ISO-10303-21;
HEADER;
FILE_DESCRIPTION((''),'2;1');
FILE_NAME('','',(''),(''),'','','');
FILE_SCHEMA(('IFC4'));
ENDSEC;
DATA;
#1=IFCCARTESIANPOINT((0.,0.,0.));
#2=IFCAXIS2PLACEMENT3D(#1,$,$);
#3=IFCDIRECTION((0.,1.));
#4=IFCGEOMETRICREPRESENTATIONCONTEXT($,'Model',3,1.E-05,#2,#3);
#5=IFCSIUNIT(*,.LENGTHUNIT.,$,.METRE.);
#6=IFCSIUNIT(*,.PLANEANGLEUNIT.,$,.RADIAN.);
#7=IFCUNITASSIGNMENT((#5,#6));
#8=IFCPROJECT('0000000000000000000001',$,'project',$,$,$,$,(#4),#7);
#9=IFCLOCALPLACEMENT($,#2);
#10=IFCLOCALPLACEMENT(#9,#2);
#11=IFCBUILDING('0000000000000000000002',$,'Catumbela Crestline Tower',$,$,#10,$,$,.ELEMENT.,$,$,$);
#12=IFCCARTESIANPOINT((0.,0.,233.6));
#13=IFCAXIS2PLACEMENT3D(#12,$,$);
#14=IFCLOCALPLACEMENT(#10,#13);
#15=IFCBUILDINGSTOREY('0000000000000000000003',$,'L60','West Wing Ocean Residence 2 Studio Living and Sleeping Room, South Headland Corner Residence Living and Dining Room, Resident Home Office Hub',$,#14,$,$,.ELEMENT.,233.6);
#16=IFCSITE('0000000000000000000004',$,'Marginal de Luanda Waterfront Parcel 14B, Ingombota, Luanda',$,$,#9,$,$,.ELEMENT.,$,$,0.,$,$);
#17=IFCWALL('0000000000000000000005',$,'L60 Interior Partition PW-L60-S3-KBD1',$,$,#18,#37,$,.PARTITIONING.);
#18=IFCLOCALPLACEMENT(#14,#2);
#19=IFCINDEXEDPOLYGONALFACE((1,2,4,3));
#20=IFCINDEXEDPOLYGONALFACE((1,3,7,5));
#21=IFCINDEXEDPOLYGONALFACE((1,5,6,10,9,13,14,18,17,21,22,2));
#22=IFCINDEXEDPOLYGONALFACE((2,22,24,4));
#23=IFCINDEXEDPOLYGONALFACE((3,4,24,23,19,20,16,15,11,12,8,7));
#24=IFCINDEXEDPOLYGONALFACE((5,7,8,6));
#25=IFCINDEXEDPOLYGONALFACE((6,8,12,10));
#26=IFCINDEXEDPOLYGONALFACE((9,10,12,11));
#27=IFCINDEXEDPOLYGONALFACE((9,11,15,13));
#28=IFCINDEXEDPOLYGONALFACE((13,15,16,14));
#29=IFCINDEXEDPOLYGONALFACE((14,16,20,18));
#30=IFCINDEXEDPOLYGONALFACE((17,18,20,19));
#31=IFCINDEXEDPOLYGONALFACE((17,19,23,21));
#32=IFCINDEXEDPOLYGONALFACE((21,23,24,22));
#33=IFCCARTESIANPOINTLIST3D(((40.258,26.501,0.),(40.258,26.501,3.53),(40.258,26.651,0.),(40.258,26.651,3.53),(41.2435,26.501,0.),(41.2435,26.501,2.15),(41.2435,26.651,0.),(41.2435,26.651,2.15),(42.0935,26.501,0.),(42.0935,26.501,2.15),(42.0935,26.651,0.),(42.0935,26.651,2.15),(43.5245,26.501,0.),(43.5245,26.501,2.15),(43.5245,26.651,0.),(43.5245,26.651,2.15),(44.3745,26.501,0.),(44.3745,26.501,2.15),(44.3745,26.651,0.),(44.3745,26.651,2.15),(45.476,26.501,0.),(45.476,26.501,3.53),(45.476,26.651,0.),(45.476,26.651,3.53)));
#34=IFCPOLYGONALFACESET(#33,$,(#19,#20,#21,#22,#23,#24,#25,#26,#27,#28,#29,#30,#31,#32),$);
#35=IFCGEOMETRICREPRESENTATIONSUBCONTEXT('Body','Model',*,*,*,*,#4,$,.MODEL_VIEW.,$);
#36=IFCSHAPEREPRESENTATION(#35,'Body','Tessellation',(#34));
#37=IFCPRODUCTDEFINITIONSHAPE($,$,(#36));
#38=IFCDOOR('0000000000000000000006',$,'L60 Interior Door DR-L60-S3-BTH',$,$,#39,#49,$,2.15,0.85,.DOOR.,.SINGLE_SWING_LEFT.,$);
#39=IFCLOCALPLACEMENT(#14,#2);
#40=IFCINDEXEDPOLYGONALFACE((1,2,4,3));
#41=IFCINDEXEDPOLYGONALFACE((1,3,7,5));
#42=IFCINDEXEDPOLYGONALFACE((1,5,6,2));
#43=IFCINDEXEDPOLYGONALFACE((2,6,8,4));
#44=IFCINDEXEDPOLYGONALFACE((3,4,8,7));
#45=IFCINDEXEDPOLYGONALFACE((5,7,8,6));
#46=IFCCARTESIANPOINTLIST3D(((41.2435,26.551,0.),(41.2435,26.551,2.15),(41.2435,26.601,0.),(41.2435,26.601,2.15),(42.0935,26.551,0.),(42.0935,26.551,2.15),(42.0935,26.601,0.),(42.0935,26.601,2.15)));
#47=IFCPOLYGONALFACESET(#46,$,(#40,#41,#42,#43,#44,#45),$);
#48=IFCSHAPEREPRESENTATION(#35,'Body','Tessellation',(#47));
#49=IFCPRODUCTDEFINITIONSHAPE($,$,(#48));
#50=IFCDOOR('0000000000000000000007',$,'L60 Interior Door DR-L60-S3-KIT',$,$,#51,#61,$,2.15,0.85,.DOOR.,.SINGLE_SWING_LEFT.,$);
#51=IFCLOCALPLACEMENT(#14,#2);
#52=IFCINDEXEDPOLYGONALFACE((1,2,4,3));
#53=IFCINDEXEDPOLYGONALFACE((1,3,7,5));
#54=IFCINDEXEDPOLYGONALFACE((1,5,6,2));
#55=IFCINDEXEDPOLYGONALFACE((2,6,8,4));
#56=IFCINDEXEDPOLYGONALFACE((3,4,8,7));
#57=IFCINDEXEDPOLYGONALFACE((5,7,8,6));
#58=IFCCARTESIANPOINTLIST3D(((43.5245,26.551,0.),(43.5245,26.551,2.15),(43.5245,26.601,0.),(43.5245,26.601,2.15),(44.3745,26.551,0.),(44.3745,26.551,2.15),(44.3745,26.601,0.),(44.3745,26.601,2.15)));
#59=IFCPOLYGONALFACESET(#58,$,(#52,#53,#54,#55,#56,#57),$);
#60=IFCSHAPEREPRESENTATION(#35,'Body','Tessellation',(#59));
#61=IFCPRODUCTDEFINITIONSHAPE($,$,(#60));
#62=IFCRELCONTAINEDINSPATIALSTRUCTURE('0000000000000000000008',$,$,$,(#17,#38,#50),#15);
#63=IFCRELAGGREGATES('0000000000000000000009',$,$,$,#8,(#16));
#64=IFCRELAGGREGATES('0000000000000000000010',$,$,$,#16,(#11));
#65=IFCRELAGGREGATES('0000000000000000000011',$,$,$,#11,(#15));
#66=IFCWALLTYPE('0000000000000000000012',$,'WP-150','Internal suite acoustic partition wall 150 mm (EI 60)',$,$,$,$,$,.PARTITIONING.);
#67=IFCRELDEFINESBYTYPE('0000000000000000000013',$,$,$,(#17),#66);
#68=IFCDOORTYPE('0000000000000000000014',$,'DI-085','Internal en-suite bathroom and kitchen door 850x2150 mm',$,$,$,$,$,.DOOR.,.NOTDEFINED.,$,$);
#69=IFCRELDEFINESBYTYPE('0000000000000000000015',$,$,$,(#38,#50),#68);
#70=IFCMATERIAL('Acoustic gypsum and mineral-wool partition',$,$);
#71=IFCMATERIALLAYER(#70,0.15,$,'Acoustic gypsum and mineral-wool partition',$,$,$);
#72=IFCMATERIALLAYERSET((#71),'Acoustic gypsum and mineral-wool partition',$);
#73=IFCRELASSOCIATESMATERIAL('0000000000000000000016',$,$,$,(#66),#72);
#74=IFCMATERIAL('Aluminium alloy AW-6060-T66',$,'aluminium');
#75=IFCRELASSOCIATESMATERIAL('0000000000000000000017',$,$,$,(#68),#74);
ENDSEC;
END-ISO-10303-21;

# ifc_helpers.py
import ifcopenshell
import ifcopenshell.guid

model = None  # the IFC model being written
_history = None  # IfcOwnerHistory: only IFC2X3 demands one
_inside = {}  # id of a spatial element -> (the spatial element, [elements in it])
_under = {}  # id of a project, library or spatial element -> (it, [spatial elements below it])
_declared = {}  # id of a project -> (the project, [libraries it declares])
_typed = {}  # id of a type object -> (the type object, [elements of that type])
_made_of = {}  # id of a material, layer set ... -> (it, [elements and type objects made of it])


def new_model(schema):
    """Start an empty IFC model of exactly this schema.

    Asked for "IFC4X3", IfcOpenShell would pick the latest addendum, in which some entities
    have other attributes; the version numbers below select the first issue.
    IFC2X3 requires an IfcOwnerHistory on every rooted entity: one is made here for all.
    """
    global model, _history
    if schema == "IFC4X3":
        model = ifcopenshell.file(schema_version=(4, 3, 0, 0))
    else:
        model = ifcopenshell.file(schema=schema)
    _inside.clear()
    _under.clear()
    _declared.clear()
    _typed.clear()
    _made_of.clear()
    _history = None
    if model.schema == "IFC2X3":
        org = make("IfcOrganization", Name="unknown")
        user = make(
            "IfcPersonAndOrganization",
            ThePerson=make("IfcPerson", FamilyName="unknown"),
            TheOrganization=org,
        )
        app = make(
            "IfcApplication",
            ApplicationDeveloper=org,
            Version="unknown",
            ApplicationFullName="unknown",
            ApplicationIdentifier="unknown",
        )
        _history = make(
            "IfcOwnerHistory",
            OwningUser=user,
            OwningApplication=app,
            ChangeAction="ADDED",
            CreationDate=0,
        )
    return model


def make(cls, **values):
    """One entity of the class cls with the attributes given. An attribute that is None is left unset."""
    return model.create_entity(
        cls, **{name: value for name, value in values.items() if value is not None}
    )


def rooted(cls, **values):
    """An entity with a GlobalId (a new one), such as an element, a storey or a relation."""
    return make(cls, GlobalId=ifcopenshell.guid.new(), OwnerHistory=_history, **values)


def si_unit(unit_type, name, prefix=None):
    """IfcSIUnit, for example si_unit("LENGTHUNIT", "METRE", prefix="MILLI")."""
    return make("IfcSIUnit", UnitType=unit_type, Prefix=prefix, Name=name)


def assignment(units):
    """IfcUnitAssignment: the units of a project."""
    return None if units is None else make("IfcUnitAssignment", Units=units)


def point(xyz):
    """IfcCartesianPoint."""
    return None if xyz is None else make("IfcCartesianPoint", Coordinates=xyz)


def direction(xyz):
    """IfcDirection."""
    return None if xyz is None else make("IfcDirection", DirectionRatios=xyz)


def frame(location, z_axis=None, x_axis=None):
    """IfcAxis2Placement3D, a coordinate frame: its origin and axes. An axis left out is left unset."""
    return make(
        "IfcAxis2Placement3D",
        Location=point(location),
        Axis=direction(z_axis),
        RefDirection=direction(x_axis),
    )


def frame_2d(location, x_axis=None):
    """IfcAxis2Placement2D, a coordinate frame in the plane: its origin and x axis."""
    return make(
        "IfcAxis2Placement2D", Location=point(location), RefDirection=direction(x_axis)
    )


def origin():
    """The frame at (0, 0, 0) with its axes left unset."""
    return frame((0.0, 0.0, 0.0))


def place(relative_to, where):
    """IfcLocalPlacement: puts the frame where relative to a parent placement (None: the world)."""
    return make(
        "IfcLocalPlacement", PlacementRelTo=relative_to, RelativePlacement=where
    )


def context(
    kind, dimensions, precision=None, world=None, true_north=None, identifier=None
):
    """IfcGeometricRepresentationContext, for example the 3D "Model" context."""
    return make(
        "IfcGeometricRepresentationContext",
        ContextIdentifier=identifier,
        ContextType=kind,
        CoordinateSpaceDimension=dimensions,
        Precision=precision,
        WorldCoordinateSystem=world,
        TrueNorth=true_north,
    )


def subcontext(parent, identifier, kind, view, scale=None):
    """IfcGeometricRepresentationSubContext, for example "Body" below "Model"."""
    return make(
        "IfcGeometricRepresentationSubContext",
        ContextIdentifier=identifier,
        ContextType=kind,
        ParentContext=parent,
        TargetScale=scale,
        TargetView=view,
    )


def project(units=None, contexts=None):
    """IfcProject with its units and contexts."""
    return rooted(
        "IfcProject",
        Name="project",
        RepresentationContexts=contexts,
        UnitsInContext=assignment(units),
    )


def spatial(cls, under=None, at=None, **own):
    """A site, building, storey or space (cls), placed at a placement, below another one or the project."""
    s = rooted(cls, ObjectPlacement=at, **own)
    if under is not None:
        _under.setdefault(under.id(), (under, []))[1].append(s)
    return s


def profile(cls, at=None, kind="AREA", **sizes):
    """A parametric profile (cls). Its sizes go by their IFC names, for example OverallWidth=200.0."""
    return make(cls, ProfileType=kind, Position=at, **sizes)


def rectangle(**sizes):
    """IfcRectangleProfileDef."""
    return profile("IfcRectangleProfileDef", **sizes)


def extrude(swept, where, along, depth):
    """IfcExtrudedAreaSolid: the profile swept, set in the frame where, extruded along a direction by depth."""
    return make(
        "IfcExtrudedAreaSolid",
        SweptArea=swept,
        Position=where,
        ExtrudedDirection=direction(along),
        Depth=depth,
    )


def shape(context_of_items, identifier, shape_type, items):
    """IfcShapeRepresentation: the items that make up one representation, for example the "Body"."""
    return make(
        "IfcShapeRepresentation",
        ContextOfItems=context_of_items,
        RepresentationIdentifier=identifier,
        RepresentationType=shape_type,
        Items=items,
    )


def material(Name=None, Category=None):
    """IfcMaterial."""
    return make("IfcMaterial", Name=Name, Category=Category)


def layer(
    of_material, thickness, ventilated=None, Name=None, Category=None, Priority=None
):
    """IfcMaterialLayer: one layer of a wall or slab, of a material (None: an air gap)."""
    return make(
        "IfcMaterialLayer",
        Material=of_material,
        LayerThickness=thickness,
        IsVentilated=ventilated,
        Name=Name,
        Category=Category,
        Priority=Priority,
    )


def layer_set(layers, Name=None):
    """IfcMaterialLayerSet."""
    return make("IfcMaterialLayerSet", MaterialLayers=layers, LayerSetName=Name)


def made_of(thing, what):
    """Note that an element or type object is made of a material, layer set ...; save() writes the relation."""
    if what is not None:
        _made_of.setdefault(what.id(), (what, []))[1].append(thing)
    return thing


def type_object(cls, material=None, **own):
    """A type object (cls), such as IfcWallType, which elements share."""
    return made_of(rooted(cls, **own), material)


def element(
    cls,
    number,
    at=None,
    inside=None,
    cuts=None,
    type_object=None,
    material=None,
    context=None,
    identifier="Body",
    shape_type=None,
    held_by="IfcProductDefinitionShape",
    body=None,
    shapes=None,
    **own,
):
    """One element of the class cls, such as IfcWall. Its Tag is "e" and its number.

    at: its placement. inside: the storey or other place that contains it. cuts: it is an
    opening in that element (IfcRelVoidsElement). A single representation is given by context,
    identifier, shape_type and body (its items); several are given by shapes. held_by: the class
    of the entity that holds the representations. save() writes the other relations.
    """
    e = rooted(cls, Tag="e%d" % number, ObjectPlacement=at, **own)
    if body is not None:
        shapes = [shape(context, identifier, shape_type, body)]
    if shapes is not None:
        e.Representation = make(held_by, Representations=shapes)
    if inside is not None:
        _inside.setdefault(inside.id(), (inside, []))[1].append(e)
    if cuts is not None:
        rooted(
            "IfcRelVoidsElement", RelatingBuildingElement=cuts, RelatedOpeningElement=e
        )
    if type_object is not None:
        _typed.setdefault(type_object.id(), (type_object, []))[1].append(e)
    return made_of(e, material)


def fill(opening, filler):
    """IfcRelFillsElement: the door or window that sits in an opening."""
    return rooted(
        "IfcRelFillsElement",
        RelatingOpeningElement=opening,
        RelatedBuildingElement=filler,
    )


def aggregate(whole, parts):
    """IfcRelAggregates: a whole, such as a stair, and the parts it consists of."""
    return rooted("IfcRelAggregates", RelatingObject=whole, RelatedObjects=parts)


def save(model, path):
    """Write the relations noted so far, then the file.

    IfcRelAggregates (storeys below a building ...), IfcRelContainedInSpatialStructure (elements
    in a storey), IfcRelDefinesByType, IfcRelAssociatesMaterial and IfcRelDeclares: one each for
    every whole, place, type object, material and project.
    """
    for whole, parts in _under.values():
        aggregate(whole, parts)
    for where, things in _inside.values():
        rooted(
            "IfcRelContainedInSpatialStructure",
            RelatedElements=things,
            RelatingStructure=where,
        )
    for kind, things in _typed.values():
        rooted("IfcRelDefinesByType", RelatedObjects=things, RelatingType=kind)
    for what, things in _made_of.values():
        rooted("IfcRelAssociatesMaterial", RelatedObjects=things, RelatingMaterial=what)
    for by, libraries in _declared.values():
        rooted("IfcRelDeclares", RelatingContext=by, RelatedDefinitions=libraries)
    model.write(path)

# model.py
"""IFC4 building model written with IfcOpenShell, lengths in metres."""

from ifc_helpers import new_model, si_unit, direction, frame, frame_2d, origin, place, context, subcontext, project, spatial, rectangle, extrude, material, layer, layer_set, type_object, element, fill, save


model = new_model("IFC4")

# Units and contexts
model_context = context("Model", 3, precision=1e-05, world=origin(), true_north=direction((0.0, 1.0)))
body_context = subcontext(model_context, "Body", "Model", "MODEL_VIEW")
ifc_project = project(units=[si_unit("LENGTHUNIT", "METRE"), si_unit("PLANEANGLEUNIT", "RADIAN")], contexts=[model_context])

# Site, building, storey
site_placement = place(None, origin())
site = spatial("IfcSite", under=ifc_project, at=site_placement, Name="Marginal de Luanda Waterfront Parcel 14B, Ingombota, Luanda", CompositionType="ELEMENT", RefElevation=0.0)
building_placement = place(site_placement, origin())
building = spatial("IfcBuilding", under=site, at=building_placement, Name="Catumbela Crestline Tower", CompositionType="ELEMENT")
storey_placement = place(building_placement, frame((0.0, 0.0, 233.6)))
storey = spatial("IfcBuildingStorey", under=building, at=storey_placement, Name="L60", Description="West Wing Ocean Residence 2 Studio Living and Sleeping Room, South Headland Corner Residence Living and Dining Room, Resident Home Office Hub", CompositionType="ELEMENT", Elevation=233.6)

# Shared definitions
ifc_material_1 = material(Name="Aluminium alloy AW-6060-T66", Category="aluminium")

# Shared definitions
ifc_material_2 = material(Name="Acoustic gypsum and mineral-wool partition")

# Shared definitions
ifc_layer_1 = layer(ifc_material_2, 0.15, Name="Acoustic gypsum and mineral-wool partition")
ifc_layer_set_1 = layer_set([ifc_layer_1], Name="Acoustic gypsum and mineral-wool partition")
wall_type_1 = type_object("IfcWallType", Name="WP-150", Description="Internal suite acoustic partition wall 150 mm (EI 60)", PredefinedType="PARTITIONING", material=ifc_layer_set_1)

# Shared definitions
door_type_1 = type_object("IfcDoorType", Name="DI-085", Description="Internal en-suite bathroom and kitchen door 850x2150 mm", OperationType="NOTDEFINED", PredefinedType="DOOR", material=ifc_material_1)

# Wall, openings, doors
wall_1_placement = place(storey_placement, frame((40.258, 26.576, 0.0), z_axis=(0.0, 0.0, 1.0), x_axis=(1.0, 0.0, 0.0)))
wall_1 = element("IfcWall", 1, at=wall_1_placement, inside=storey, type_object=wall_type_1, Name="L60 Interior Partition PW-L60-S3-KBD1", PredefinedType="PARTITIONING", context=body_context, shape_type="SweptSolid", body=[
    extrude(rectangle(XDim=5.218, YDim=0.15, at=frame_2d((2.609, 0.0))), origin(), (0.0, 0.0, 1.0), 3.53),
])
opening_1_placement = place(wall_1_placement, frame((0.9855, 0.0, 0.0)))
opening_1 = element("IfcOpeningElement", 2, at=opening_1_placement, cuts=wall_1, PredefinedType="OPENING", context=body_context, shape_type="SweptSolid", body=[
    extrude(rectangle(XDim=0.85, YDim=2.15, at=frame_2d((0.425, 1.075))), frame((0.0, 0.085, 0.0), z_axis=(0.0, -1.0, 0.0), x_axis=(1.0, 0.0, 0.0)), (0.0, 0.0, 1.0), 0.17),
])
opening_2_placement = place(wall_1_placement, frame((3.2665, 0.0, 0.0)))
opening_2 = element("IfcOpeningElement", 3, at=opening_2_placement, cuts=wall_1, PredefinedType="OPENING", context=body_context, shape_type="SweptSolid", body=[
    extrude(rectangle(XDim=0.85, YDim=2.15, at=frame_2d((0.425, 1.075))), frame((0.0, 0.085, 0.0), z_axis=(0.0, -1.0, 0.0), x_axis=(1.0, 0.0, 0.0)), (0.0, 0.0, 1.0), 0.17),
])
door_1_placement = place(opening_1_placement, origin())
door_1 = element("IfcDoor", 4, at=door_1_placement, inside=storey, type_object=door_type_1, Name="L60 Interior Door DR-L60-S3-BTH", OperationType="SINGLE_SWING_LEFT", OverallHeight=2.15, OverallWidth=0.85, PredefinedType="DOOR", context=body_context, shape_type="SweptSolid", body=[
    extrude(rectangle(XDim=0.85, YDim=2.15, at=frame_2d((0.425, 1.075))), frame((0.0, 0.025, 0.0), z_axis=(0.0, -1.0, 0.0), x_axis=(1.0, 0.0, 0.0)), (0.0, 0.0, 1.0), 0.05),
])
fill(opening_1, door_1)
door_2_placement = place(opening_2_placement, origin())
door_2 = element("IfcDoor", 5, at=door_2_placement, inside=storey, type_object=door_type_1, Name="L60 Interior Door DR-L60-S3-KIT", OperationType="SINGLE_SWING_LEFT", OverallHeight=2.15, OverallWidth=0.85, PredefinedType="DOOR", context=body_context, shape_type="SweptSolid", body=[
    extrude(rectangle(XDim=0.85, YDim=2.15, at=frame_2d((0.425, 1.075))), frame((0.0, 0.025, 0.0), z_axis=(0.0, -1.0, 0.0), x_axis=(1.0, 0.0, 0.0)), (0.0, 0.0, 1.0), 0.05),
])
fill(opening_2, door_2)

save(model, "model.ifc")
